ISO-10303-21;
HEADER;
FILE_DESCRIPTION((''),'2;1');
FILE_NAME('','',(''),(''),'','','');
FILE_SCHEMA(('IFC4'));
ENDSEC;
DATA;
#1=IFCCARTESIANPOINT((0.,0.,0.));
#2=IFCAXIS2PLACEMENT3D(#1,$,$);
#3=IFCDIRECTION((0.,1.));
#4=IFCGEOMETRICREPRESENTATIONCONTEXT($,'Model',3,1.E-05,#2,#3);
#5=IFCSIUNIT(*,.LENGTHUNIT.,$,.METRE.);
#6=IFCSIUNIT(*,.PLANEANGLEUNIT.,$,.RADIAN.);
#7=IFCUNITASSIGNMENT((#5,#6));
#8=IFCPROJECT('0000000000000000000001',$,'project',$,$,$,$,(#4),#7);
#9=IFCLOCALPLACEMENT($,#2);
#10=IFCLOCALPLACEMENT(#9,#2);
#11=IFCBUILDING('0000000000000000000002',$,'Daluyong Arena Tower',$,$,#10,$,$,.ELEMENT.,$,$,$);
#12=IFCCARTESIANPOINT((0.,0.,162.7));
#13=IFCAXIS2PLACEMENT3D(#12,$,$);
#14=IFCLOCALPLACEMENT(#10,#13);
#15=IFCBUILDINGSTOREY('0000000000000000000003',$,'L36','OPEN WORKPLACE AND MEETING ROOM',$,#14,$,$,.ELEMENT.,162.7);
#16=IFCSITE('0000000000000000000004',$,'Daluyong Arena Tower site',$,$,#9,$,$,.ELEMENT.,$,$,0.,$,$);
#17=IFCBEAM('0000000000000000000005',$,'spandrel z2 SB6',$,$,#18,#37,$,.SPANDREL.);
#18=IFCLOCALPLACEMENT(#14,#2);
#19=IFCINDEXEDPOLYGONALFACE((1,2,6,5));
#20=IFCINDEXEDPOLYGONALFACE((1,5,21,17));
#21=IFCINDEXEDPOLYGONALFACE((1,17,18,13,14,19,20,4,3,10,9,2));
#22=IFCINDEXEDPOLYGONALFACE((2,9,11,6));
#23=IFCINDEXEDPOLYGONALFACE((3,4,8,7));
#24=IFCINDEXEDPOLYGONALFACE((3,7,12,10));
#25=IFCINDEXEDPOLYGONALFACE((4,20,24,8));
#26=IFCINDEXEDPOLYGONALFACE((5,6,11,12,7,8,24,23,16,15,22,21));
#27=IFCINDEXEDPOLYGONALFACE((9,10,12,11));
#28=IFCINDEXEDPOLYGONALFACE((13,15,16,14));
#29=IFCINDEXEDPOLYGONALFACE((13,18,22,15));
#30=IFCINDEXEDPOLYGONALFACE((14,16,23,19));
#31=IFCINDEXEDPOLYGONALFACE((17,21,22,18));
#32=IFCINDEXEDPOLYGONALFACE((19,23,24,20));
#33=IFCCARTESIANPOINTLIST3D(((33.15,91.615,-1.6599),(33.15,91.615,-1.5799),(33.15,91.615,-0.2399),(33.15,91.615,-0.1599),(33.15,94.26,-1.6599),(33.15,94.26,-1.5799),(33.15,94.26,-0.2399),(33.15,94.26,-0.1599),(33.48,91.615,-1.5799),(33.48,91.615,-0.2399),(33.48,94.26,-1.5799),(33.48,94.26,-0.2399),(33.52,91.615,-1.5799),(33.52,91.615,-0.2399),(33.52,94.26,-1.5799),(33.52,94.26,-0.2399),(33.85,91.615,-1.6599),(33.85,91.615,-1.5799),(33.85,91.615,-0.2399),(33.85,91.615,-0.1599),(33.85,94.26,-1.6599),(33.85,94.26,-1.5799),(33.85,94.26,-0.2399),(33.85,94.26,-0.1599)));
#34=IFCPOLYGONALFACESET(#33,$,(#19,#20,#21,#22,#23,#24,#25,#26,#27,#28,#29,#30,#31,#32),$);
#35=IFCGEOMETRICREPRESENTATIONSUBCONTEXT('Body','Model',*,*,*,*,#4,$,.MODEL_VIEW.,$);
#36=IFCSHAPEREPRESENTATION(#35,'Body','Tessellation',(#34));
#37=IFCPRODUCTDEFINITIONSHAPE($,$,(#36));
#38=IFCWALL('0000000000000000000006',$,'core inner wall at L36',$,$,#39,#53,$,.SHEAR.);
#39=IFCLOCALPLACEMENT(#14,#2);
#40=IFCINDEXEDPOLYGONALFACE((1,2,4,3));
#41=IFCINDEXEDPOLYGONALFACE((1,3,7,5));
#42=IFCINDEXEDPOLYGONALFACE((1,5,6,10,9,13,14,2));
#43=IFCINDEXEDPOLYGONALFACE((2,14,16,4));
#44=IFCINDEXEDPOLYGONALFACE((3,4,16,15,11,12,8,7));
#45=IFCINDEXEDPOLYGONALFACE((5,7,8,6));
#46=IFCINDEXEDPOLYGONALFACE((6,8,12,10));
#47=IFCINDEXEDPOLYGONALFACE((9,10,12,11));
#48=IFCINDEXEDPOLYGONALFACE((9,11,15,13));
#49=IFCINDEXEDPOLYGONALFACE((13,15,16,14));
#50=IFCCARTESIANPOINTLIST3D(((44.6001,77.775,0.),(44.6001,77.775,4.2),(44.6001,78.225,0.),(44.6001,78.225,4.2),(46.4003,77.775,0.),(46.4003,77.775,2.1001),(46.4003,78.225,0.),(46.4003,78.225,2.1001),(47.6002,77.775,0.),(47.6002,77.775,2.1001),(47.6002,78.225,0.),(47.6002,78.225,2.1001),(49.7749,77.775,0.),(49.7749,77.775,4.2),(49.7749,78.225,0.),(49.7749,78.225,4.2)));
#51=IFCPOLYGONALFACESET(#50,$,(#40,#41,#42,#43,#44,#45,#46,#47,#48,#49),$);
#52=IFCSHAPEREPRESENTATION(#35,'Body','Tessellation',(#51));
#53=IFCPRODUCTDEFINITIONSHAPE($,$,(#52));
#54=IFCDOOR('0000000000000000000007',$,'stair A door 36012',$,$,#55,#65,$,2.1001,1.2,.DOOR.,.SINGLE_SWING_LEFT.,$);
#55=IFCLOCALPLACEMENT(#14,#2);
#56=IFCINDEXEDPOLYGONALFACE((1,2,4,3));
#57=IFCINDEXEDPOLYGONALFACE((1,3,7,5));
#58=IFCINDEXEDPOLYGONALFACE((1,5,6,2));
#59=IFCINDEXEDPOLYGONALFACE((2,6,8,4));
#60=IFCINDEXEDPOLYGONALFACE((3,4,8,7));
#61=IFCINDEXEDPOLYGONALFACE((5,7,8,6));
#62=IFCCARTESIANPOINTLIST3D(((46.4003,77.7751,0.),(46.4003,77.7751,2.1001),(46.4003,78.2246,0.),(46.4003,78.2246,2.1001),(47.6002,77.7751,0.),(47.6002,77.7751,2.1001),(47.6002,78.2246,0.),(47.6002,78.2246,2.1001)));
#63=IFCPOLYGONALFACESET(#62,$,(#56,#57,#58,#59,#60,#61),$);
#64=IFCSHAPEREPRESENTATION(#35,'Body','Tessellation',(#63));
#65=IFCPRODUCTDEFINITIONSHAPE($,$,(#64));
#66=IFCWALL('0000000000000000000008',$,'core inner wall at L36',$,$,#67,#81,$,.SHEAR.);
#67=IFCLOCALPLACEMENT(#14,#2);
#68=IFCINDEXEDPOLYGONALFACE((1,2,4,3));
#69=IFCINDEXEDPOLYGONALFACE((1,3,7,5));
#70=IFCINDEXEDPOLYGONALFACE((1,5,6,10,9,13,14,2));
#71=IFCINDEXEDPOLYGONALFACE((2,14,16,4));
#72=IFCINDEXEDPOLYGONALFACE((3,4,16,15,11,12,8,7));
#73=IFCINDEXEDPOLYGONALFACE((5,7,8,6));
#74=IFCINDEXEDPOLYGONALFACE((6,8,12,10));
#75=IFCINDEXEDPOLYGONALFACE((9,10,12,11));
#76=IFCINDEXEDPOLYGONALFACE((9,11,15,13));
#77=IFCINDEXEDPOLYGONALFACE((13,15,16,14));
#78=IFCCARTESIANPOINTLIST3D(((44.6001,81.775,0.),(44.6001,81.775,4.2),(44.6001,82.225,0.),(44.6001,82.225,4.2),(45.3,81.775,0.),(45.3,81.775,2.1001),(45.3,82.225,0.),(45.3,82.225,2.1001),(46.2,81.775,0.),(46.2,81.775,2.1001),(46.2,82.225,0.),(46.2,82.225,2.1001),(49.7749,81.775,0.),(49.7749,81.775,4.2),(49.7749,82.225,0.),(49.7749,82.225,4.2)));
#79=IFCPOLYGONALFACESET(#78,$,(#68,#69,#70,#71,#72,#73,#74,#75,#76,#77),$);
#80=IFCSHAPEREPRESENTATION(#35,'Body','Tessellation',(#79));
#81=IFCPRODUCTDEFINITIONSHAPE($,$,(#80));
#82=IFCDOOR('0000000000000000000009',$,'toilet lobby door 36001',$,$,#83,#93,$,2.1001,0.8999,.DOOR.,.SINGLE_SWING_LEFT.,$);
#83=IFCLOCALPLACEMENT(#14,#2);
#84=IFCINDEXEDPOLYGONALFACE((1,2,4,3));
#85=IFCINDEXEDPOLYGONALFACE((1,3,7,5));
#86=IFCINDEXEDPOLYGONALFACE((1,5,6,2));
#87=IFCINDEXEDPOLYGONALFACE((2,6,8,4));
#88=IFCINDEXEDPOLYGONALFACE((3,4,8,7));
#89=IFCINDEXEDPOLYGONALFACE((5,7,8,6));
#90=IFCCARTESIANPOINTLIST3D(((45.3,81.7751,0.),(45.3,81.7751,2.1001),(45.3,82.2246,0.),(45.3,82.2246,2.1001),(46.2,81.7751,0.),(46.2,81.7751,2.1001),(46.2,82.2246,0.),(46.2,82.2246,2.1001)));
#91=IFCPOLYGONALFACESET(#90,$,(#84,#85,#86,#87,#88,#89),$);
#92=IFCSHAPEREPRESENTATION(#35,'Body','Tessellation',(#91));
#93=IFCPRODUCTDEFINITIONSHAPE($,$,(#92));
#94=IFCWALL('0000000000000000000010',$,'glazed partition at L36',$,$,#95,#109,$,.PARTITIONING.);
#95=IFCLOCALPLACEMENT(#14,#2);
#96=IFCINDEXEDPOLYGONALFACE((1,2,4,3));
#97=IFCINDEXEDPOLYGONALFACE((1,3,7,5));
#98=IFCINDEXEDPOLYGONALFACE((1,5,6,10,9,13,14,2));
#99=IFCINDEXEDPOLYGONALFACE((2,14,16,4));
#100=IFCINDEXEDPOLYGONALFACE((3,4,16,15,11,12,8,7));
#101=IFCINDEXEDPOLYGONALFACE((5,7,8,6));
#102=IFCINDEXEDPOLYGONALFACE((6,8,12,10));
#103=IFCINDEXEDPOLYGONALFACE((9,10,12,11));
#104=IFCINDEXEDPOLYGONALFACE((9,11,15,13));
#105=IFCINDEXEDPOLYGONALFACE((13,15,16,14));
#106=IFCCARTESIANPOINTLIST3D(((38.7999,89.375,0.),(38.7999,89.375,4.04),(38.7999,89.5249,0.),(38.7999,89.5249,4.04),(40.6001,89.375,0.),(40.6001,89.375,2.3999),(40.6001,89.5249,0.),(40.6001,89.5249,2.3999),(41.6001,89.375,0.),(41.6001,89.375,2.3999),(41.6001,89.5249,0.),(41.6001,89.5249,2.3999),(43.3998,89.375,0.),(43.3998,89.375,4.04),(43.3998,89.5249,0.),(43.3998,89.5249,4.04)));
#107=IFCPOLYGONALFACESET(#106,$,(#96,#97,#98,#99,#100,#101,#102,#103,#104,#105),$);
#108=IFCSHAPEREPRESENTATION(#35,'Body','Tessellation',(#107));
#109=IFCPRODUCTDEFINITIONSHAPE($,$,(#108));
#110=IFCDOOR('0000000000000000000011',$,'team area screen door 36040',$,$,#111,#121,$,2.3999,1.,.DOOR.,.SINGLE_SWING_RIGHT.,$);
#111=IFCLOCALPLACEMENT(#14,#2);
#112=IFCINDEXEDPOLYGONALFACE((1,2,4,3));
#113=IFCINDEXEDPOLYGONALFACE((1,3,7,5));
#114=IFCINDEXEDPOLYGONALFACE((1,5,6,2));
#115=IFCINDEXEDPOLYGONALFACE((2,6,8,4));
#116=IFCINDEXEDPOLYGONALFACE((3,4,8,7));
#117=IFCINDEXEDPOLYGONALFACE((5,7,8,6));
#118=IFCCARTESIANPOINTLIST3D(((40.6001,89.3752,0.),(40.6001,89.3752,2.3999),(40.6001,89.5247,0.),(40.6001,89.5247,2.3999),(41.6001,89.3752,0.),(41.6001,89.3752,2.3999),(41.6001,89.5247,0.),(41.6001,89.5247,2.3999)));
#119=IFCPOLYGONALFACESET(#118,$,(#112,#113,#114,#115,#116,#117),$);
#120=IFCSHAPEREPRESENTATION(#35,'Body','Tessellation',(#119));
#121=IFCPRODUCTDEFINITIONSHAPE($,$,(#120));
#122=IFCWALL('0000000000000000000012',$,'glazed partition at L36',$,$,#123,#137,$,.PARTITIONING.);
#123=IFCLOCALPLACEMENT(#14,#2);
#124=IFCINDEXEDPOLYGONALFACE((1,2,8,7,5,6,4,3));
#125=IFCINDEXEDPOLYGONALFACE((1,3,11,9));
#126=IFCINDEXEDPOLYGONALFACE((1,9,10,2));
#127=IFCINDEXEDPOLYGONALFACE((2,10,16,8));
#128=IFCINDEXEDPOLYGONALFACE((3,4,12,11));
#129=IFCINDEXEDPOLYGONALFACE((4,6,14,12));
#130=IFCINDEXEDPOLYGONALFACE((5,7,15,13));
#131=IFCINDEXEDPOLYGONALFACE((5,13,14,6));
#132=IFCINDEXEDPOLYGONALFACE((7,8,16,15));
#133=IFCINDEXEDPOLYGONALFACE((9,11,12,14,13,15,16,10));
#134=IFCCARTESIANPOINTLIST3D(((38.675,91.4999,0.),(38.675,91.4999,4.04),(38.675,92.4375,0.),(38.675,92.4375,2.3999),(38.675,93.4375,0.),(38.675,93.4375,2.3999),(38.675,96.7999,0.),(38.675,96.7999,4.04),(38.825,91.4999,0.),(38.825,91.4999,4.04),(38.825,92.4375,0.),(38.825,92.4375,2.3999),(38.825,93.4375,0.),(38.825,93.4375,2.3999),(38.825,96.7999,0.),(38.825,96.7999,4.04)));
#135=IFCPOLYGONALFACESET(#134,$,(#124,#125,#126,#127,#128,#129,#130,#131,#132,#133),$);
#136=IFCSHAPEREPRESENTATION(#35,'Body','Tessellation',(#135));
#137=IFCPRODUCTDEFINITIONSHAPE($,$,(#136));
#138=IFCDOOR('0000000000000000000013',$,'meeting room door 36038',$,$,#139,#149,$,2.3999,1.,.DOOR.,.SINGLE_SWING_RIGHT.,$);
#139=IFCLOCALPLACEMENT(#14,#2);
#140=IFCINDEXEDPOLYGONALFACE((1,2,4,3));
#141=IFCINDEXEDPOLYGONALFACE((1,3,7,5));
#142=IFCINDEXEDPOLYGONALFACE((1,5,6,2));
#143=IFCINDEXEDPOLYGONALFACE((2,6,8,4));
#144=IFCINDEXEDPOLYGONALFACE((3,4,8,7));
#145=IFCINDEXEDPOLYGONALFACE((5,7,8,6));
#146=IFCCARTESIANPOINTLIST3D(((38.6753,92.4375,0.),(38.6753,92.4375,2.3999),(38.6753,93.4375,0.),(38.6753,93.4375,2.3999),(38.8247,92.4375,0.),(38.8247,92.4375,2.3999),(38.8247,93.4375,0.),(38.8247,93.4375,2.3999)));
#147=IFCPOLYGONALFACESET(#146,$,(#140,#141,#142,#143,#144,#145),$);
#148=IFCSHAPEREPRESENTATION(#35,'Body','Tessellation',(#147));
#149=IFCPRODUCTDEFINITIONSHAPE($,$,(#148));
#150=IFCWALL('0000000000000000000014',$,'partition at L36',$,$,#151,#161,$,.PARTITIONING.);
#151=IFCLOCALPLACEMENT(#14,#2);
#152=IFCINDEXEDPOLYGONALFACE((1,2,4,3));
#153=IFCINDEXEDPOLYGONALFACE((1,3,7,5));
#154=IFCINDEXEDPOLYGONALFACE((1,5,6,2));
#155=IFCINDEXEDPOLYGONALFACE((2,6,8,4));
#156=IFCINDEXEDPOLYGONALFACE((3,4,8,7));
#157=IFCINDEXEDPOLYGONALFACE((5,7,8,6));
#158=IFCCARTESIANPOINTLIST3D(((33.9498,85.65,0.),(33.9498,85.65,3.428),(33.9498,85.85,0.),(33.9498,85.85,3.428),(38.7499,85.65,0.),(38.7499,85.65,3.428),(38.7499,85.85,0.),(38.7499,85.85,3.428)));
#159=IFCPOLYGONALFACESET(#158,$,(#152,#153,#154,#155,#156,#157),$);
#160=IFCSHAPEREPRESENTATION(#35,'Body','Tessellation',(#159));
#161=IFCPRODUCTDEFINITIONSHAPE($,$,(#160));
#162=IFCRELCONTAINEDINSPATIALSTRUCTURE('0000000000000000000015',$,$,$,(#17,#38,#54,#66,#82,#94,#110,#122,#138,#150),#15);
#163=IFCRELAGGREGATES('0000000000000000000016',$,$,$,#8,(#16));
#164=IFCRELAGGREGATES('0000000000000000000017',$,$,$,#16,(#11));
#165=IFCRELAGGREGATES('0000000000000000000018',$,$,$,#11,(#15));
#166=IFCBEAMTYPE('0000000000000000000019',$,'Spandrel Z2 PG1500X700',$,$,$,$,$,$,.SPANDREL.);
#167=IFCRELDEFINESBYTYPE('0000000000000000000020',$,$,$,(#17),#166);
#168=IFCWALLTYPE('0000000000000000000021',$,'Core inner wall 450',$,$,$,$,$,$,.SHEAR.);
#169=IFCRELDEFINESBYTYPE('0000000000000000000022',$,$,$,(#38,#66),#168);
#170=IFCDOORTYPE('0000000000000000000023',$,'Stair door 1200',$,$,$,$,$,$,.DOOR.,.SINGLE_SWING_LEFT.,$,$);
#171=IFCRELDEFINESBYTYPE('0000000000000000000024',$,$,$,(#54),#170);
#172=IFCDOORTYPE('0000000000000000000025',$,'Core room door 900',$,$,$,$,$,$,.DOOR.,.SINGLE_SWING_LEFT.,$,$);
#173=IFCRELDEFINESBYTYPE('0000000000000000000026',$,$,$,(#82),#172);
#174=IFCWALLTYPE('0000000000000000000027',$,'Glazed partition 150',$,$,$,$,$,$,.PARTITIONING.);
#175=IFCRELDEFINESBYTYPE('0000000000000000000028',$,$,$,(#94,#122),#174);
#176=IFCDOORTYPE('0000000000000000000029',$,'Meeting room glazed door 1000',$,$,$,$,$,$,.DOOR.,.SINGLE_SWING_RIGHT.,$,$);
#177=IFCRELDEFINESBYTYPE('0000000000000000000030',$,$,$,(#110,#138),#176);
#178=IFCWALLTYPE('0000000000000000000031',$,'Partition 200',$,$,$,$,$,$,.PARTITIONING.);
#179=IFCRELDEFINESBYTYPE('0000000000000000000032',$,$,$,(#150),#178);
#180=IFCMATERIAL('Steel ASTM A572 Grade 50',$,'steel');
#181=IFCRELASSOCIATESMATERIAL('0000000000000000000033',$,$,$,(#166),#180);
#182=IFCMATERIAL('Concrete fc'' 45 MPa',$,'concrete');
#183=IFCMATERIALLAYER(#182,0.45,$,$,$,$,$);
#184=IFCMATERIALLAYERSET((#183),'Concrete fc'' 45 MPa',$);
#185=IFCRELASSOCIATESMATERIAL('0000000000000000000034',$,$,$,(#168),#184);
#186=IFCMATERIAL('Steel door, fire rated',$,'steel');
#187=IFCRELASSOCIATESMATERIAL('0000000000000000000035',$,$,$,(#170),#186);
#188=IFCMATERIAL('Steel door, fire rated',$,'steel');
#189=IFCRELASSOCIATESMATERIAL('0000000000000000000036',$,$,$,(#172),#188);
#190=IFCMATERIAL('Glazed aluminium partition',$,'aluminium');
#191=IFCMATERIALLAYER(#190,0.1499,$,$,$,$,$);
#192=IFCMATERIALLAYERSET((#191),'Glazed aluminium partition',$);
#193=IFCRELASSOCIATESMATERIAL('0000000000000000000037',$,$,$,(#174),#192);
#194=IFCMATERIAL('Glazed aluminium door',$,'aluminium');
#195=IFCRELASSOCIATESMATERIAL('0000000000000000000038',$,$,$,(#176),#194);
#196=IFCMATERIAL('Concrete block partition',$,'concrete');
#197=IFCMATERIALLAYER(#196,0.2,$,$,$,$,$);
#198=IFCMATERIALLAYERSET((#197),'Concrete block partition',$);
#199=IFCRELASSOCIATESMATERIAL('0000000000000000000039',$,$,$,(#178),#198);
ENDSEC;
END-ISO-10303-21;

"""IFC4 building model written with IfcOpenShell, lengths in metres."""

from ifc_helpers import new_model, si_unit, direction, frame, frame_2d, origin, origin_2d, place, context, subcontext, project, spatial, rectangle, i_section, extrude, material, layer, layer_set, material_profile, profile_set, type_object, element, fill, save


model = new_model("IFC4")

# Units and contexts
model_context = context("Model", 3, precision=1e-05, world=origin(), true_north=direction((0.0, 1.0)))
body_context = subcontext(model_context, "Body", "Model", "MODEL_VIEW")
ifc_project = project(units=[si_unit("LENGTHUNIT", "METRE"), si_unit("PLANEANGLEUNIT", "RADIAN")], contexts=[model_context])

# Site, building, storey
site_placement = place(None, origin())
site = spatial("IfcSite", under=ifc_project, at=site_placement, Name="Daluyong Arena Tower site", CompositionType="ELEMENT", RefElevation=0.0)
building_placement = place(site_placement, origin())
building = spatial("IfcBuilding", under=site, at=building_placement, Name="Daluyong Arena Tower", CompositionType="ELEMENT")
storey_placement = place(building_placement, frame((0.0, 0.0, 162.7)))
storey = spatial("IfcBuildingStorey", under=building, at=storey_placement, Name="L36", Description="OPEN WORKPLACE AND MEETING ROOM", CompositionType="ELEMENT", Elevation=162.7)

# Beam
ifc_material_1 = material(Name="Steel ASTM A572 Grade 50", Category="steel")
ifc_material_profile_1 = material_profile(ifc_material_1, i_section(OverallWidth=0.7, OverallDepth=1.5, WebThickness=0.04, FlangeThickness=0.08, at=origin_2d()))
ifc_profile_set_1 = profile_set([ifc_material_profile_1], Name="Steel ASTM A572 Grade 50")
beam_type_1 = type_object("IfcBeamType", Name="Spandrel Z2 PG1500X700", PredefinedType="SPANDREL", material=ifc_profile_set_1)
beam_1_placement = place(storey_placement, frame((33.5, 94.26, -0.9099), z_axis=(0.0, -1.0, 0.0), x_axis=(1.0, 0.0, 0.0)))
element("IfcBeam", 1, at=beam_1_placement, inside=storey, type_object=beam_type_1, Name="spandrel z2 SB6", PredefinedType="SPANDREL", context=body_context, shape_type="SweptSolid", body=[
    extrude(i_section(OverallWidth=0.7, OverallDepth=1.5, WebThickness=0.04, FlangeThickness=0.08, at=origin_2d()), origin(), (0.0, 0.0, 1.0), 2.645),
])

# Walls, openings, doors
ifc_material_2 = material(Name="Concrete fc' 45 MPa", Category="concrete")
ifc_layer_1 = layer(ifc_material_2, 0.45)
ifc_layer_set_1 = layer_set([ifc_layer_1], Name="Concrete fc' 45 MPa")
wall_type_1 = type_object("IfcWallType", Name="Core inner wall 450", PredefinedType="SHEAR", material=ifc_layer_set_1)
wall_1_placement = place(storey_placement, frame((44.6001, 78.0, 0.0), z_axis=(0.0, 0.0, 1.0), x_axis=(1.0, 0.0, 0.0)))
wall_1 = element("IfcWall", 2, at=wall_1_placement, inside=storey, type_object=wall_type_1, Name="core inner wall at L36", PredefinedType="SHEAR", context=body_context, shape_type="SweptSolid", body=[
    extrude(rectangle(XDim=5.1748, YDim=0.45, at=frame_2d((2.5874, 0.0))), origin(), (0.0, 0.0, 1.0), 4.2),
])
opening_1_placement = place(wall_1_placement, frame((1.8, 0.0, 0.0)))
opening_1 = element("IfcOpeningElement", 3, at=opening_1_placement, cuts=wall_1, PredefinedType="OPENING", context=body_context, shape_type="SweptSolid", body=[
    extrude(rectangle(XDim=1.2, YDim=2.1001, at=frame_2d((0.6001, 1.05))), frame((0.0, 0.2349, 0.0), z_axis=(0.0, -1.0, 0.0), x_axis=(1.0, 0.0, 0.0)), (0.0, 0.0, 1.0), 0.47),
])
ifc_material_3 = material(Name="Steel door, fire rated", Category="steel")
door_type_1 = type_object("IfcDoorType", Name="Stair door 1200", OperationType="SINGLE_SWING_LEFT", PredefinedType="DOOR", material=ifc_material_3)
door_1_placement = place(opening_1_placement, origin())
door_1 = element("IfcDoor", 4, at=door_1_placement, inside=storey, type_object=door_type_1, Name="stair A door 36012", OperationType="SINGLE_SWING_LEFT", OverallHeight=2.1001, OverallWidth=1.2, PredefinedType="DOOR", context=body_context, shape_type="SweptSolid", body=[
    extrude(rectangle(XDim=1.2, YDim=2.1001, at=frame_2d((0.6001, 1.05))), frame((0.0, 0.2246, 0.0), z_axis=(0.0, -1.0, 0.0), x_axis=(1.0, 0.0, 0.0)), (0.0, 0.0, 1.0), 0.4495),
])
fill(opening_1, door_1)
wall_2_placement = place(storey_placement, frame((44.6001, 82.0, 0.0), z_axis=(0.0, 0.0, 1.0), x_axis=(1.0, 0.0, 0.0)))
wall_2 = element("IfcWall", 5, at=wall_2_placement, inside=storey, type_object=wall_type_1, Name="core inner wall at L36", PredefinedType="SHEAR", context=body_context, shape_type="SweptSolid", body=[
    extrude(rectangle(XDim=5.1748, YDim=0.45, at=frame_2d((2.5874, 0.0))), origin(), (0.0, 0.0, 1.0), 4.2),
])
opening_2_placement = place(wall_2_placement, frame((0.7, 0.0, 0.0)))
opening_2 = element("IfcOpeningElement", 6, at=opening_2_placement, cuts=wall_2, PredefinedType="OPENING", context=body_context, shape_type="SweptSolid", body=[
    extrude(rectangle(XDim=0.8999, YDim=2.1001, at=frame_2d((0.45, 1.05))), frame((0.0, 0.2349, 0.0), z_axis=(0.0, -1.0, 0.0), x_axis=(1.0, 0.0, 0.0)), (0.0, 0.0, 1.0), 0.47),
])
ifc_material_4 = material(Name="Steel door, fire rated", Category="steel")
door_type_2 = type_object("IfcDoorType", Name="Core room door 900", OperationType="SINGLE_SWING_LEFT", PredefinedType="DOOR", material=ifc_material_4)
door_2_placement = place(opening_2_placement, origin())
door_2 = element("IfcDoor", 7, at=door_2_placement, inside=storey, type_object=door_type_2, Name="toilet lobby door 36001", OperationType="SINGLE_SWING_LEFT", OverallHeight=2.1001, OverallWidth=0.8999, PredefinedType="DOOR", context=body_context, shape_type="SweptSolid", body=[
    extrude(rectangle(XDim=0.8999, YDim=2.1001, at=frame_2d((0.45, 1.05))), frame((0.0, 0.2246, 0.0), z_axis=(0.0, -1.0, 0.0), x_axis=(1.0, 0.0, 0.0)), (0.0, 0.0, 1.0), 0.4495),
])
fill(opening_2, door_2)
ifc_material_5 = material(Name="Glazed aluminium partition", Category="aluminium")
ifc_layer_2 = layer(ifc_material_5, 0.1499)
ifc_layer_set_2 = layer_set([ifc_layer_2], Name="Glazed aluminium partition")
wall_type_2 = type_object("IfcWallType", Name="Glazed partition 150", PredefinedType="PARTITIONING", material=ifc_layer_set_2)
wall_3_placement = place(storey_placement, frame((38.8, 89.45, 0.0), z_axis=(0.0, 0.0, 1.0), x_axis=(1.0, 0.0, 0.0)))
wall_3 = element("IfcWall", 8, at=wall_3_placement, inside=storey, type_object=wall_type_2, Name="glazed partition at L36", PredefinedType="PARTITIONING", context=body_context, shape_type="SweptSolid", body=[
    extrude(rectangle(XDim=4.5999, YDim=0.1499, at=frame_2d((2.2998, 0.0))), origin(), (0.0, 0.0, 1.0), 4.04),
])
opening_3_placement = place(wall_3_placement, frame((1.8, 0.0, 0.0)))
opening_3 = element("IfcOpeningElement", 9, at=opening_3_placement, cuts=wall_3, PredefinedType="OPENING", context=body_context, shape_type="SweptSolid", body=[
    extrude(rectangle(XDim=1.0, YDim=2.3999, at=frame_2d((0.5, 1.2))), frame((0.0, 0.085, 0.0), z_axis=(0.0, -1.0, 0.0), x_axis=(1.0, 0.0, 0.0)), (0.0, 0.0, 1.0), 0.1699),
])
ifc_material_6 = material(Name="Glazed aluminium door", Category="aluminium")
door_type_3 = type_object("IfcDoorType", Name="Meeting room glazed door 1000", OperationType="SINGLE_SWING_RIGHT", PredefinedType="DOOR", material=ifc_material_6)
door_3_placement = place(opening_3_placement, origin())
door_3 = element("IfcDoor", 10, at=door_3_placement, inside=storey, type_object=door_type_3, Name="team area screen door 36040", OperationType="SINGLE_SWING_RIGHT", OverallHeight=2.3999, OverallWidth=1.0, PredefinedType="DOOR", context=body_context, shape_type="SweptSolid", body=[
    extrude(rectangle(XDim=1.0, YDim=2.3999, at=frame_2d((0.5, 1.2))), frame((0.0, 0.0747, 0.0), z_axis=(0.0, -1.0, 0.0), x_axis=(1.0, 0.0, 0.0)), (0.0, 0.0, 1.0), 0.1494),
])
fill(opening_3, door_3)
wall_4_placement = place(storey_placement, frame((38.75, 91.5, 0.0), z_axis=(0.0, 0.0, 1.0), x_axis=(0.0, 1.0, 0.0)))
wall_4 = element("IfcWall", 11, at=wall_4_placement, inside=storey, type_object=wall_type_2, Name="glazed partition at L36", PredefinedType="PARTITIONING", context=body_context, shape_type="SweptSolid", body=[
    extrude(rectangle(XDim=5.3, YDim=0.1499, at=frame_2d((2.6499, 0.0))), origin(), (0.0, 0.0, 1.0), 4.04),
])
opening_4_placement = place(wall_4_placement, frame((0.9375, 0.0, 0.0)))
opening_4 = element("IfcOpeningElement", 12, at=opening_4_placement, cuts=wall_4, PredefinedType="OPENING", context=body_context, shape_type="SweptSolid", body=[
    extrude(rectangle(XDim=1.0, YDim=2.3999, at=frame_2d((0.5, 1.2))), frame((0.0, 0.085, 0.0), z_axis=(0.0, -1.0, 0.0), x_axis=(1.0, 0.0, 0.0)), (0.0, 0.0, 1.0), 0.1699),
])
door_4_placement = place(opening_4_placement, origin())
door_4 = element("IfcDoor", 13, at=door_4_placement, inside=storey, type_object=door_type_3, Name="meeting room door 36038", OperationType="SINGLE_SWING_RIGHT", OverallHeight=2.3999, OverallWidth=1.0, PredefinedType="DOOR", context=body_context, shape_type="SweptSolid", body=[
    extrude(rectangle(XDim=1.0, YDim=2.3999, at=frame_2d((0.5, 1.2))), frame((0.0, 0.0747, 0.0), z_axis=(0.0, -1.0, 0.0), x_axis=(1.0, 0.0, 0.0)), (0.0, 0.0, 1.0), 0.1494),
])
fill(opening_4, door_4)

# Wall
ifc_material_7 = material(Name="Concrete block partition", Category="concrete")
ifc_layer_3 = layer(ifc_material_7, 0.2)
ifc_layer_set_3 = layer_set([ifc_layer_3], Name="Concrete block partition")
wall_type_3 = type_object("IfcWallType", Name="Partition 200", PredefinedType="PARTITIONING", material=ifc_layer_set_3)
for number, where, z_axis, x_axis, name in (
    (14, (33.95, 85.75, 0.0), (0.0, 0.0, 1.0), (1.0, 0.0, 0.0), "partition at L36"),
):
    element("IfcWall", number, at=place(storey_placement, frame(where, z_axis=z_axis, x_axis=x_axis)), inside=storey, type_object=wall_type_3, Name=name, PredefinedType="PARTITIONING", context=body_context, shape_type="SweptSolid", body=[
        extrude(rectangle(XDim=4.8, YDim=0.2, at=frame_2d((2.3999, 0.0))), origin(), (0.0, 0.0, 1.0), 3.428),
    ])

save(model, "model.ifc")
